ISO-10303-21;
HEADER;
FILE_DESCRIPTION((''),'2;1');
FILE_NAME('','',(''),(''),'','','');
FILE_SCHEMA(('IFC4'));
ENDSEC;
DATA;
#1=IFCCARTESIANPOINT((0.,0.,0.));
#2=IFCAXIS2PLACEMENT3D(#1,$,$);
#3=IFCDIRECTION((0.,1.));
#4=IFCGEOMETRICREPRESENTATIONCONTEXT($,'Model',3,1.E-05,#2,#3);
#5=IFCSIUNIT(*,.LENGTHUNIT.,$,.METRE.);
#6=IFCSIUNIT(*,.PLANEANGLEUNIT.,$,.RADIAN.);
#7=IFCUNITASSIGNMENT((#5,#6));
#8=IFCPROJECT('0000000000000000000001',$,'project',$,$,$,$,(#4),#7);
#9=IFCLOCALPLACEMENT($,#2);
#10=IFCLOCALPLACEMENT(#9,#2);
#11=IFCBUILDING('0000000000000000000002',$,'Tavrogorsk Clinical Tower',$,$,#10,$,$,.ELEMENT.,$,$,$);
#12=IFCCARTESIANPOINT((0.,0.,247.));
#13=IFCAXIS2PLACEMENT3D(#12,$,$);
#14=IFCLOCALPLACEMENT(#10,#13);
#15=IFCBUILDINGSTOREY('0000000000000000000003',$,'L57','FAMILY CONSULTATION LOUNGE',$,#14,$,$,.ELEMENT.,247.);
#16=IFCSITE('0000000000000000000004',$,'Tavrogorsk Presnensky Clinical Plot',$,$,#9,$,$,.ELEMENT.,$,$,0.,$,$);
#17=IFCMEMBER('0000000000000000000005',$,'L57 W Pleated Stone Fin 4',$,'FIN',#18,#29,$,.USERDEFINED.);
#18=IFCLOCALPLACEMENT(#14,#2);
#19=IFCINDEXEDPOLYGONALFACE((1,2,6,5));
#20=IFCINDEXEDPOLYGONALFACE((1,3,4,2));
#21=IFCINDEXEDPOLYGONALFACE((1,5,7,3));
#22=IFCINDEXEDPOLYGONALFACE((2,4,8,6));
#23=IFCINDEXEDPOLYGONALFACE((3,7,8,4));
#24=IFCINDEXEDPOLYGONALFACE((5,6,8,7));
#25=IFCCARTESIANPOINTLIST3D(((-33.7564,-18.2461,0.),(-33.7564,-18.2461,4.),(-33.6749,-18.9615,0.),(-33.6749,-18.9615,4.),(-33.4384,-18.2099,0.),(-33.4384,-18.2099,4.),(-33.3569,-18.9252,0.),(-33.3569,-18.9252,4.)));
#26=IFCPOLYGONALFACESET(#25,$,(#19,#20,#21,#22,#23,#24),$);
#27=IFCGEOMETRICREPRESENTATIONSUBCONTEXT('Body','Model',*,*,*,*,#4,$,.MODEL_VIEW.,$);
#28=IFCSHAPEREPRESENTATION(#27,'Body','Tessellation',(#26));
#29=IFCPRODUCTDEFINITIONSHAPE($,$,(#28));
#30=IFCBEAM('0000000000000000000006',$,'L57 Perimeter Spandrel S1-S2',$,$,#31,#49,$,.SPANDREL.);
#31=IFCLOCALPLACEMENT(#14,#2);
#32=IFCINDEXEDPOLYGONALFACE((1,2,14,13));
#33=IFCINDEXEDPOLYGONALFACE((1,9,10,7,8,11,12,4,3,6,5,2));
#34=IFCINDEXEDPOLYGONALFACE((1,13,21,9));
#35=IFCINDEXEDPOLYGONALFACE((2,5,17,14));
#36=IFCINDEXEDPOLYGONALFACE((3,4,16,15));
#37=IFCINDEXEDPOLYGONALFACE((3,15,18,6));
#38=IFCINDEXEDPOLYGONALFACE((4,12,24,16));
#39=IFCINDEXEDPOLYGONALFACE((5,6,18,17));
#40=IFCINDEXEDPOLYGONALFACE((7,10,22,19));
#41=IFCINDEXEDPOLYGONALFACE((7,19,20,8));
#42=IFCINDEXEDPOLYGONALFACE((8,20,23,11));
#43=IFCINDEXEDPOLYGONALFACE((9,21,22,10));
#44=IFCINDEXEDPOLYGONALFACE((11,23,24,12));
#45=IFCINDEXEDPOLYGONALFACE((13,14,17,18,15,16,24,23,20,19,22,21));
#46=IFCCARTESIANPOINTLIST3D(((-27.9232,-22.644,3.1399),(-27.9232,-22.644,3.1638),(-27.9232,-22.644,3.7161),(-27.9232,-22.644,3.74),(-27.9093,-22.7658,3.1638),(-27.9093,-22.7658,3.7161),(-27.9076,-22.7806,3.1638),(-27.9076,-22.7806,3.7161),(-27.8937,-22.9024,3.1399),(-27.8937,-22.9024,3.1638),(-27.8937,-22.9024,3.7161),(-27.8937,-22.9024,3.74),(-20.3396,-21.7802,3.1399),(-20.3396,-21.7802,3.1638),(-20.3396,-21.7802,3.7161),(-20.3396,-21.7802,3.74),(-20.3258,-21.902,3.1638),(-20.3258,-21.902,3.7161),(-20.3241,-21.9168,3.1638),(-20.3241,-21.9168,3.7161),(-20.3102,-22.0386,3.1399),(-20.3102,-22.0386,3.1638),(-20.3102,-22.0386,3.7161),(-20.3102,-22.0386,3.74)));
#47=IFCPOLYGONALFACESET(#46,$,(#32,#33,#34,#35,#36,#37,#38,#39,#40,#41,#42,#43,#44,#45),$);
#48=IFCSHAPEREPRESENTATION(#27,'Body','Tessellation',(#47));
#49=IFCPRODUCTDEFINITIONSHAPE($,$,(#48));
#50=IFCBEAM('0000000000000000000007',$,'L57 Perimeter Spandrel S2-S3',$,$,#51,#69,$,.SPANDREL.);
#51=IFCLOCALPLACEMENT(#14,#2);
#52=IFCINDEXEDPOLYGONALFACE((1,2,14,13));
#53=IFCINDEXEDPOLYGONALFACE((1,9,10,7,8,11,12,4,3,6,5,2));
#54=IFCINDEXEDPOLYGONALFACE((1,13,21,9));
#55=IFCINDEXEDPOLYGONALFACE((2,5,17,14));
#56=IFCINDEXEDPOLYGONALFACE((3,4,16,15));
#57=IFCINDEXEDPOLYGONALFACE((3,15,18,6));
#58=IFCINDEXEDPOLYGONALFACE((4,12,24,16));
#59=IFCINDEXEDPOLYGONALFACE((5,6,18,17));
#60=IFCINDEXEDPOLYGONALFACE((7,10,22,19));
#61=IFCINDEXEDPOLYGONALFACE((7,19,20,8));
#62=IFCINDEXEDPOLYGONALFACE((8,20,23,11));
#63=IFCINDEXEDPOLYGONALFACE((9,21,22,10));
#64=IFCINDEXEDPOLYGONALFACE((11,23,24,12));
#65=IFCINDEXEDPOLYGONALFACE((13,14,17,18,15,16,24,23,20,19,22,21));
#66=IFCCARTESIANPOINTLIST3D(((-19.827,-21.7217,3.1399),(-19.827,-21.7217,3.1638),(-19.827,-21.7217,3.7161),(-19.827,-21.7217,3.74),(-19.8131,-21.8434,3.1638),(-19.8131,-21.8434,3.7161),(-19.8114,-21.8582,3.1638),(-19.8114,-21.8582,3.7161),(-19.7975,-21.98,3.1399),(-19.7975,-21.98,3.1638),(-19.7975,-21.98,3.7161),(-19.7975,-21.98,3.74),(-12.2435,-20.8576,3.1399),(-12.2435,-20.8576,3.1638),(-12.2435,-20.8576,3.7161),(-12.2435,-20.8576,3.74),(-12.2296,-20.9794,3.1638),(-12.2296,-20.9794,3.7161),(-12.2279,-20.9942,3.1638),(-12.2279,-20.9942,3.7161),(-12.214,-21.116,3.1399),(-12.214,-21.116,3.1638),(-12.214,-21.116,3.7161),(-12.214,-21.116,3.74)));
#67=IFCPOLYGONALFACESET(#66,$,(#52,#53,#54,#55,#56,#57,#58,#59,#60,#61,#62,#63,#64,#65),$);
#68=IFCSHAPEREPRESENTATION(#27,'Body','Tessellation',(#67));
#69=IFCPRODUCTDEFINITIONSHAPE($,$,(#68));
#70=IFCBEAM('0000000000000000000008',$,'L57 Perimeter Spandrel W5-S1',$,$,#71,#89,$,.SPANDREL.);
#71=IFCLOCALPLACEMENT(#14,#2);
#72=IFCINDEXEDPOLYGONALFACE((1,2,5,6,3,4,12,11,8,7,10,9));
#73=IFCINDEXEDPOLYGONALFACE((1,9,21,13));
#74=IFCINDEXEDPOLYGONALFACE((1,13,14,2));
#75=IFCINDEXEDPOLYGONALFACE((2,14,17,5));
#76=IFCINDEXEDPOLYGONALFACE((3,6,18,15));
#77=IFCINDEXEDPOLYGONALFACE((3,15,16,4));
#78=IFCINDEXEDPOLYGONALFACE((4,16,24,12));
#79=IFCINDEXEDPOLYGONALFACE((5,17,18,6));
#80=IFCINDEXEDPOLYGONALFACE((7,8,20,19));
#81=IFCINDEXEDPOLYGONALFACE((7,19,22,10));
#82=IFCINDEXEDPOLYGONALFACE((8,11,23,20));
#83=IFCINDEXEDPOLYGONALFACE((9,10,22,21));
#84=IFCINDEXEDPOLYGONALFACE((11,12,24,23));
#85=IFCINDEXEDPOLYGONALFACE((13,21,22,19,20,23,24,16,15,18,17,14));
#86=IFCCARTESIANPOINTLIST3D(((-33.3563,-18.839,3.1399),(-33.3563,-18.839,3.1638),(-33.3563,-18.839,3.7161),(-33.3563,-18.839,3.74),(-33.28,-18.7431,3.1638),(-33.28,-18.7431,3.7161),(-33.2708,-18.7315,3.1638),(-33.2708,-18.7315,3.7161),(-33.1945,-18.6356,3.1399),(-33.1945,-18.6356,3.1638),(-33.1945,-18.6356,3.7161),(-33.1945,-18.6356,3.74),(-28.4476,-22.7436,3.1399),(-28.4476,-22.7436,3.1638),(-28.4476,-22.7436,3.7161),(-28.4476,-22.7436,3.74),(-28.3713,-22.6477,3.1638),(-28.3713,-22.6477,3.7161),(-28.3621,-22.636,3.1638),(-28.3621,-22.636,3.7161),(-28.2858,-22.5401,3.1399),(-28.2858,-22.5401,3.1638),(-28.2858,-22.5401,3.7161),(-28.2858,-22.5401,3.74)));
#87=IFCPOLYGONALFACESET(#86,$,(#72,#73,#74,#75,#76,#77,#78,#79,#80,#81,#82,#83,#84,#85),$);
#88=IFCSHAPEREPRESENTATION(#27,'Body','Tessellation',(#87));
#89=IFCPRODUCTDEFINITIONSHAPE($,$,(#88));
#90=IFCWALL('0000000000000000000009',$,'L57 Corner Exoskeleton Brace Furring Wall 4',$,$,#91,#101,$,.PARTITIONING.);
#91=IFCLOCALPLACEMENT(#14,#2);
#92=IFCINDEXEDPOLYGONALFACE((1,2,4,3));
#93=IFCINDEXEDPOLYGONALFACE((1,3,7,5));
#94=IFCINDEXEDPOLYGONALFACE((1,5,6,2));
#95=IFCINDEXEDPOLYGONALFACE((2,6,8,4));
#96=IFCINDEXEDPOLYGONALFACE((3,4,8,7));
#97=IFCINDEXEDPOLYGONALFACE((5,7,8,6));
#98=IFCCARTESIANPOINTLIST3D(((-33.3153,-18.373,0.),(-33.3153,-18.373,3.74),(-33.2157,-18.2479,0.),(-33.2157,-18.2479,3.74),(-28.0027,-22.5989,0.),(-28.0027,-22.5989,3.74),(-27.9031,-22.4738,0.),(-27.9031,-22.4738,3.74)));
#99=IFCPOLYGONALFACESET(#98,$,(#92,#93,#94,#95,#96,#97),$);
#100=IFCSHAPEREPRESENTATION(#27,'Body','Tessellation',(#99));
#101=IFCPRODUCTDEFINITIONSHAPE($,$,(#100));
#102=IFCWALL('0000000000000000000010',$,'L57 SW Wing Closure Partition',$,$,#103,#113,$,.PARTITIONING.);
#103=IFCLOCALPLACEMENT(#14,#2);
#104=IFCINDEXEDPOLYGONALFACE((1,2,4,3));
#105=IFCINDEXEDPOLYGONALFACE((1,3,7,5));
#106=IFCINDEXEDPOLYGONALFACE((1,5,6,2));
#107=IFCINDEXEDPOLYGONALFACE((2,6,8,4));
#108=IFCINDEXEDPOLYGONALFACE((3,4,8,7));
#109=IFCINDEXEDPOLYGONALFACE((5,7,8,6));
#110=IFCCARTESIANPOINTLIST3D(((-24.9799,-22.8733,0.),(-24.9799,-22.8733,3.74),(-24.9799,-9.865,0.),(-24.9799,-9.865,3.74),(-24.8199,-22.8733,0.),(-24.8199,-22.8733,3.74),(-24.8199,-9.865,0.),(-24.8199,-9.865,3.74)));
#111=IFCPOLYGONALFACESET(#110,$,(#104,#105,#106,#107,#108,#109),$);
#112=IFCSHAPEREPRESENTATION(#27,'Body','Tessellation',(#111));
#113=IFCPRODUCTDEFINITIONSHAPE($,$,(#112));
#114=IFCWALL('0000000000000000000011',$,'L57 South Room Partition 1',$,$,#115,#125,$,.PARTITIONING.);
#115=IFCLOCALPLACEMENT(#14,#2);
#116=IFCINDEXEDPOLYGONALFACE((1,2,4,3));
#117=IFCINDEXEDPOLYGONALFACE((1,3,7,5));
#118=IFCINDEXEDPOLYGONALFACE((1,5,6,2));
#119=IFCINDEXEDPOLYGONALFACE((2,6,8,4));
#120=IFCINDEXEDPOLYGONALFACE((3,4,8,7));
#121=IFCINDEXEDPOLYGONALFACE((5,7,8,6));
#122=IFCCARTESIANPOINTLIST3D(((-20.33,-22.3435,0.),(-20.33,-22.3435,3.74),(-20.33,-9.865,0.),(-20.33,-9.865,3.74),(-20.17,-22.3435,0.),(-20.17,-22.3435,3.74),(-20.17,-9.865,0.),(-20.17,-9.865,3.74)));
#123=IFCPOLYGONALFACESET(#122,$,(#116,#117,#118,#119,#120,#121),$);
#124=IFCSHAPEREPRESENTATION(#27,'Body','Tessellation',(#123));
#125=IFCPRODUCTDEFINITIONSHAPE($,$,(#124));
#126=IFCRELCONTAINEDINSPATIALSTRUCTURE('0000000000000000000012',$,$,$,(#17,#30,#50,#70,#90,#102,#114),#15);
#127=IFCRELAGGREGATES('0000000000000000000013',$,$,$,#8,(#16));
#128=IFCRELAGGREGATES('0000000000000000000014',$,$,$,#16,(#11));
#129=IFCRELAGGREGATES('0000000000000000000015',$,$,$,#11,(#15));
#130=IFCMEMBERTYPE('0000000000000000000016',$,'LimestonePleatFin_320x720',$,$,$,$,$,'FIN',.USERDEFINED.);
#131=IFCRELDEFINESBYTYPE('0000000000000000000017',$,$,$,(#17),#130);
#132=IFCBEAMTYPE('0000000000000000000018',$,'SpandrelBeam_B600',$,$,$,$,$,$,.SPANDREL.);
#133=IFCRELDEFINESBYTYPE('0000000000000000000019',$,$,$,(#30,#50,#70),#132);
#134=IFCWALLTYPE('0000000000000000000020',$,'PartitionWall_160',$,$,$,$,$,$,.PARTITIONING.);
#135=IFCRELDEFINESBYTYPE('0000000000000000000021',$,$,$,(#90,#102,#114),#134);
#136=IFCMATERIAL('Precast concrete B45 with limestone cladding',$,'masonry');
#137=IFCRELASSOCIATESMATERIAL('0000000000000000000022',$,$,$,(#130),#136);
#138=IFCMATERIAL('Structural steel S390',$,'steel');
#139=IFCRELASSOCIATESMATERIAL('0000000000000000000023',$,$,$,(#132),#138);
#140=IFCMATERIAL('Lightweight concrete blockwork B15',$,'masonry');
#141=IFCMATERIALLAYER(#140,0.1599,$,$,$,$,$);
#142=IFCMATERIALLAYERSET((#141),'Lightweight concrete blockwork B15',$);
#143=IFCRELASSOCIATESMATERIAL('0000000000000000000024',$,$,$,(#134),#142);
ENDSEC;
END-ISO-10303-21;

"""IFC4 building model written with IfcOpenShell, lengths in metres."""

from ifc_helpers import new_model, si_unit, direction, frame, frame_2d, origin, origin_2d, place, context, subcontext, project, spatial, rectangle, i_section, extrude, material, layer, layer_set, material_profile, profile_set, type_object, element, save


model = new_model("IFC4")

# Units and contexts
model_context = context("Model", 3, precision=1e-05, world=origin(), true_north=direction((0.0, 1.0)))
body_context = subcontext(model_context, "Body", "Model", "MODEL_VIEW")
ifc_project = project(units=[si_unit("LENGTHUNIT", "METRE"), si_unit("PLANEANGLEUNIT", "RADIAN")], contexts=[model_context])

# Site, building, storey
site_placement = place(None, origin())
site = spatial("IfcSite", under=ifc_project, at=site_placement, Name="Tavrogorsk Presnensky Clinical Plot", CompositionType="ELEMENT", RefElevation=0.0)
building_placement = place(site_placement, origin())
building = spatial("IfcBuilding", under=site, at=building_placement, Name="Tavrogorsk Clinical Tower", CompositionType="ELEMENT")
storey_placement = place(building_placement, frame((0.0, 0.0, 247.0)))
storey = spatial("IfcBuildingStorey", under=building, at=storey_placement, Name="L57", Description="FAMILY CONSULTATION LOUNGE", CompositionType="ELEMENT", Elevation=247.0)

# Member
ifc_material_1 = material(Name="Precast concrete B45 with limestone cladding", Category="masonry")
ifc_material_profile_1 = material_profile(ifc_material_1, rectangle(XDim=0.3201, YDim=0.72, at=origin_2d()), Name="LIMESTONE-FIN-320x720")
ifc_profile_set_1 = profile_set([ifc_material_profile_1], Name="Precast concrete B45 with limestone cladding")
member_type_1 = type_object("IfcMemberType", Name="LimestonePleatFin_320x720", ElementType="FIN", PredefinedType="USERDEFINED", material=ifc_profile_set_1)
member_1_placement = place(storey_placement, frame((-33.5566, -18.5857, 0.0), z_axis=(0.0, 0.0, 1.0), x_axis=(0.993572, 0.113203, 0.0)))
element("IfcMember", 1, at=member_1_placement, inside=storey, type_object=member_type_1, Name="L57 W Pleated Stone Fin 4", ObjectType="FIN", PredefinedType="USERDEFINED", context=body_context, shape_type="SweptSolid", body=[
    extrude(rectangle(XDim=0.3201, YDim=0.72, at=origin_2d()), origin(), (0.0, 0.0, 1.0), 4.0),
])

# Beams
ifc_material_2 = material(Name="Structural steel S390", Category="steel")
ifc_material_profile_2 = material_profile(ifc_material_2, i_section(OverallWidth=0.26, OverallDepth=0.6001, WebThickness=0.0149, FlangeThickness=0.0239, at=origin_2d()), Name="B-600x260x15x24")
ifc_profile_set_2 = profile_set([ifc_material_profile_2], Name="Structural steel S390")
beam_type_1 = type_object("IfcBeamType", Name="SpandrelBeam_B600", PredefinedType="SPANDREL", material=ifc_profile_set_2)
for number, where, z_axis, x_axis, name in (
    (2, (-27.9084, -22.7732, 3.4399), (0.993576, 0.113169, 0.0), (-0.113169, 0.993576, 0.0), "L57 Perimeter Spandrel S1-S2"),
    (3, (-19.8123, -21.8508, 3.4399), (0.993572, 0.113201, 0.0), (-0.113201, 0.993572, 0.0), "L57 Perimeter Spandrel S2-S3"),
):
    element("IfcBeam", number, at=place(storey_placement, frame(where, z_axis=z_axis, x_axis=x_axis)), inside=storey, type_object=beam_type_1, Name=name, PredefinedType="SPANDREL", context=body_context, shape_type="SweptSolid", body=[
        extrude(i_section(OverallWidth=0.26, OverallDepth=0.6001, WebThickness=0.0149, FlangeThickness=0.0239, at=origin_2d()), origin(), (0.0, 0.0, 1.0), 7.6326),
    ])
beam_1_placement = place(storey_placement, frame((-33.2754, -18.7373, 3.4399), z_axis=(0.782609, -0.622514, 0.0), x_axis=(0.622514, 0.782609, 0.0)))
element("IfcBeam", 4, at=beam_1_placement, inside=storey, type_object=beam_type_1, Name="L57 Perimeter Spandrel W5-S1", PredefinedType="SPANDREL", context=body_context, shape_type="SweptSolid", body=[
    extrude(i_section(OverallWidth=0.26, OverallDepth=0.6001, WebThickness=0.0149, FlangeThickness=0.0239, at=origin_2d()), origin(), (0.0, 0.0, 1.0), 6.2722),
])

# Walls
ifc_material_3 = material(Name="Lightweight concrete blockwork B15", Category="masonry")
ifc_layer_1 = layer(ifc_material_3, 0.1599)
ifc_layer_set_1 = layer_set([ifc_layer_1], Name="Lightweight concrete blockwork B15")
wall_type_1 = type_object("IfcWallType", Name="PartitionWall_160", PredefinedType="PARTITIONING", material=ifc_layer_set_1)
wall_1_placement = place(storey_placement, frame((-33.2654, -18.3105, 0.0), z_axis=(0.0, 0.0, 1.0), x_axis=(0.782603, -0.622522, 0.0)))
element("IfcWall", 5, at=wall_1_placement, inside=storey, type_object=wall_type_1, Name="L57 Corner Exoskeleton Brace Furring Wall 4", PredefinedType="PARTITIONING", context=body_context, shape_type="SweptSolid", body=[
    extrude(rectangle(XDim=6.7883, YDim=0.1599, at=frame_2d((3.394, 0.0))), origin(), (0.0, 0.0, 1.0), 3.74),
])
wall_2_placement = place(storey_placement, frame((-24.8999, -22.8733, 0.0), z_axis=(0.0, 0.0, 1.0), x_axis=(0.0, 1.0, 0.0)))
element("IfcWall", 6, at=wall_2_placement, inside=storey, type_object=wall_type_1, Name="L57 SW Wing Closure Partition", PredefinedType="PARTITIONING", context=body_context, shape_type="SweptSolid", body=[
    extrude(rectangle(XDim=13.0083, YDim=0.1599, at=frame_2d((6.5042, 0.0))), origin(), (0.0, 0.0, 1.0), 3.74),
])
wall_3_placement = place(storey_placement, frame((-20.25, -22.3435, 0.0), z_axis=(0.0, 0.0, 1.0), x_axis=(0.0, 1.0, 0.0)))
element("IfcWall", 7, at=wall_3_placement, inside=storey, type_object=wall_type_1, Name="L57 South Room Partition 1", PredefinedType="PARTITIONING", context=body_context, shape_type="SweptSolid", body=[
    extrude(rectangle(XDim=12.4785, YDim=0.1599, at=frame_2d((6.2393, 0.0))), origin(), (0.0, 0.0, 1.0), 3.74),
])

save(model, "model.ifc")
